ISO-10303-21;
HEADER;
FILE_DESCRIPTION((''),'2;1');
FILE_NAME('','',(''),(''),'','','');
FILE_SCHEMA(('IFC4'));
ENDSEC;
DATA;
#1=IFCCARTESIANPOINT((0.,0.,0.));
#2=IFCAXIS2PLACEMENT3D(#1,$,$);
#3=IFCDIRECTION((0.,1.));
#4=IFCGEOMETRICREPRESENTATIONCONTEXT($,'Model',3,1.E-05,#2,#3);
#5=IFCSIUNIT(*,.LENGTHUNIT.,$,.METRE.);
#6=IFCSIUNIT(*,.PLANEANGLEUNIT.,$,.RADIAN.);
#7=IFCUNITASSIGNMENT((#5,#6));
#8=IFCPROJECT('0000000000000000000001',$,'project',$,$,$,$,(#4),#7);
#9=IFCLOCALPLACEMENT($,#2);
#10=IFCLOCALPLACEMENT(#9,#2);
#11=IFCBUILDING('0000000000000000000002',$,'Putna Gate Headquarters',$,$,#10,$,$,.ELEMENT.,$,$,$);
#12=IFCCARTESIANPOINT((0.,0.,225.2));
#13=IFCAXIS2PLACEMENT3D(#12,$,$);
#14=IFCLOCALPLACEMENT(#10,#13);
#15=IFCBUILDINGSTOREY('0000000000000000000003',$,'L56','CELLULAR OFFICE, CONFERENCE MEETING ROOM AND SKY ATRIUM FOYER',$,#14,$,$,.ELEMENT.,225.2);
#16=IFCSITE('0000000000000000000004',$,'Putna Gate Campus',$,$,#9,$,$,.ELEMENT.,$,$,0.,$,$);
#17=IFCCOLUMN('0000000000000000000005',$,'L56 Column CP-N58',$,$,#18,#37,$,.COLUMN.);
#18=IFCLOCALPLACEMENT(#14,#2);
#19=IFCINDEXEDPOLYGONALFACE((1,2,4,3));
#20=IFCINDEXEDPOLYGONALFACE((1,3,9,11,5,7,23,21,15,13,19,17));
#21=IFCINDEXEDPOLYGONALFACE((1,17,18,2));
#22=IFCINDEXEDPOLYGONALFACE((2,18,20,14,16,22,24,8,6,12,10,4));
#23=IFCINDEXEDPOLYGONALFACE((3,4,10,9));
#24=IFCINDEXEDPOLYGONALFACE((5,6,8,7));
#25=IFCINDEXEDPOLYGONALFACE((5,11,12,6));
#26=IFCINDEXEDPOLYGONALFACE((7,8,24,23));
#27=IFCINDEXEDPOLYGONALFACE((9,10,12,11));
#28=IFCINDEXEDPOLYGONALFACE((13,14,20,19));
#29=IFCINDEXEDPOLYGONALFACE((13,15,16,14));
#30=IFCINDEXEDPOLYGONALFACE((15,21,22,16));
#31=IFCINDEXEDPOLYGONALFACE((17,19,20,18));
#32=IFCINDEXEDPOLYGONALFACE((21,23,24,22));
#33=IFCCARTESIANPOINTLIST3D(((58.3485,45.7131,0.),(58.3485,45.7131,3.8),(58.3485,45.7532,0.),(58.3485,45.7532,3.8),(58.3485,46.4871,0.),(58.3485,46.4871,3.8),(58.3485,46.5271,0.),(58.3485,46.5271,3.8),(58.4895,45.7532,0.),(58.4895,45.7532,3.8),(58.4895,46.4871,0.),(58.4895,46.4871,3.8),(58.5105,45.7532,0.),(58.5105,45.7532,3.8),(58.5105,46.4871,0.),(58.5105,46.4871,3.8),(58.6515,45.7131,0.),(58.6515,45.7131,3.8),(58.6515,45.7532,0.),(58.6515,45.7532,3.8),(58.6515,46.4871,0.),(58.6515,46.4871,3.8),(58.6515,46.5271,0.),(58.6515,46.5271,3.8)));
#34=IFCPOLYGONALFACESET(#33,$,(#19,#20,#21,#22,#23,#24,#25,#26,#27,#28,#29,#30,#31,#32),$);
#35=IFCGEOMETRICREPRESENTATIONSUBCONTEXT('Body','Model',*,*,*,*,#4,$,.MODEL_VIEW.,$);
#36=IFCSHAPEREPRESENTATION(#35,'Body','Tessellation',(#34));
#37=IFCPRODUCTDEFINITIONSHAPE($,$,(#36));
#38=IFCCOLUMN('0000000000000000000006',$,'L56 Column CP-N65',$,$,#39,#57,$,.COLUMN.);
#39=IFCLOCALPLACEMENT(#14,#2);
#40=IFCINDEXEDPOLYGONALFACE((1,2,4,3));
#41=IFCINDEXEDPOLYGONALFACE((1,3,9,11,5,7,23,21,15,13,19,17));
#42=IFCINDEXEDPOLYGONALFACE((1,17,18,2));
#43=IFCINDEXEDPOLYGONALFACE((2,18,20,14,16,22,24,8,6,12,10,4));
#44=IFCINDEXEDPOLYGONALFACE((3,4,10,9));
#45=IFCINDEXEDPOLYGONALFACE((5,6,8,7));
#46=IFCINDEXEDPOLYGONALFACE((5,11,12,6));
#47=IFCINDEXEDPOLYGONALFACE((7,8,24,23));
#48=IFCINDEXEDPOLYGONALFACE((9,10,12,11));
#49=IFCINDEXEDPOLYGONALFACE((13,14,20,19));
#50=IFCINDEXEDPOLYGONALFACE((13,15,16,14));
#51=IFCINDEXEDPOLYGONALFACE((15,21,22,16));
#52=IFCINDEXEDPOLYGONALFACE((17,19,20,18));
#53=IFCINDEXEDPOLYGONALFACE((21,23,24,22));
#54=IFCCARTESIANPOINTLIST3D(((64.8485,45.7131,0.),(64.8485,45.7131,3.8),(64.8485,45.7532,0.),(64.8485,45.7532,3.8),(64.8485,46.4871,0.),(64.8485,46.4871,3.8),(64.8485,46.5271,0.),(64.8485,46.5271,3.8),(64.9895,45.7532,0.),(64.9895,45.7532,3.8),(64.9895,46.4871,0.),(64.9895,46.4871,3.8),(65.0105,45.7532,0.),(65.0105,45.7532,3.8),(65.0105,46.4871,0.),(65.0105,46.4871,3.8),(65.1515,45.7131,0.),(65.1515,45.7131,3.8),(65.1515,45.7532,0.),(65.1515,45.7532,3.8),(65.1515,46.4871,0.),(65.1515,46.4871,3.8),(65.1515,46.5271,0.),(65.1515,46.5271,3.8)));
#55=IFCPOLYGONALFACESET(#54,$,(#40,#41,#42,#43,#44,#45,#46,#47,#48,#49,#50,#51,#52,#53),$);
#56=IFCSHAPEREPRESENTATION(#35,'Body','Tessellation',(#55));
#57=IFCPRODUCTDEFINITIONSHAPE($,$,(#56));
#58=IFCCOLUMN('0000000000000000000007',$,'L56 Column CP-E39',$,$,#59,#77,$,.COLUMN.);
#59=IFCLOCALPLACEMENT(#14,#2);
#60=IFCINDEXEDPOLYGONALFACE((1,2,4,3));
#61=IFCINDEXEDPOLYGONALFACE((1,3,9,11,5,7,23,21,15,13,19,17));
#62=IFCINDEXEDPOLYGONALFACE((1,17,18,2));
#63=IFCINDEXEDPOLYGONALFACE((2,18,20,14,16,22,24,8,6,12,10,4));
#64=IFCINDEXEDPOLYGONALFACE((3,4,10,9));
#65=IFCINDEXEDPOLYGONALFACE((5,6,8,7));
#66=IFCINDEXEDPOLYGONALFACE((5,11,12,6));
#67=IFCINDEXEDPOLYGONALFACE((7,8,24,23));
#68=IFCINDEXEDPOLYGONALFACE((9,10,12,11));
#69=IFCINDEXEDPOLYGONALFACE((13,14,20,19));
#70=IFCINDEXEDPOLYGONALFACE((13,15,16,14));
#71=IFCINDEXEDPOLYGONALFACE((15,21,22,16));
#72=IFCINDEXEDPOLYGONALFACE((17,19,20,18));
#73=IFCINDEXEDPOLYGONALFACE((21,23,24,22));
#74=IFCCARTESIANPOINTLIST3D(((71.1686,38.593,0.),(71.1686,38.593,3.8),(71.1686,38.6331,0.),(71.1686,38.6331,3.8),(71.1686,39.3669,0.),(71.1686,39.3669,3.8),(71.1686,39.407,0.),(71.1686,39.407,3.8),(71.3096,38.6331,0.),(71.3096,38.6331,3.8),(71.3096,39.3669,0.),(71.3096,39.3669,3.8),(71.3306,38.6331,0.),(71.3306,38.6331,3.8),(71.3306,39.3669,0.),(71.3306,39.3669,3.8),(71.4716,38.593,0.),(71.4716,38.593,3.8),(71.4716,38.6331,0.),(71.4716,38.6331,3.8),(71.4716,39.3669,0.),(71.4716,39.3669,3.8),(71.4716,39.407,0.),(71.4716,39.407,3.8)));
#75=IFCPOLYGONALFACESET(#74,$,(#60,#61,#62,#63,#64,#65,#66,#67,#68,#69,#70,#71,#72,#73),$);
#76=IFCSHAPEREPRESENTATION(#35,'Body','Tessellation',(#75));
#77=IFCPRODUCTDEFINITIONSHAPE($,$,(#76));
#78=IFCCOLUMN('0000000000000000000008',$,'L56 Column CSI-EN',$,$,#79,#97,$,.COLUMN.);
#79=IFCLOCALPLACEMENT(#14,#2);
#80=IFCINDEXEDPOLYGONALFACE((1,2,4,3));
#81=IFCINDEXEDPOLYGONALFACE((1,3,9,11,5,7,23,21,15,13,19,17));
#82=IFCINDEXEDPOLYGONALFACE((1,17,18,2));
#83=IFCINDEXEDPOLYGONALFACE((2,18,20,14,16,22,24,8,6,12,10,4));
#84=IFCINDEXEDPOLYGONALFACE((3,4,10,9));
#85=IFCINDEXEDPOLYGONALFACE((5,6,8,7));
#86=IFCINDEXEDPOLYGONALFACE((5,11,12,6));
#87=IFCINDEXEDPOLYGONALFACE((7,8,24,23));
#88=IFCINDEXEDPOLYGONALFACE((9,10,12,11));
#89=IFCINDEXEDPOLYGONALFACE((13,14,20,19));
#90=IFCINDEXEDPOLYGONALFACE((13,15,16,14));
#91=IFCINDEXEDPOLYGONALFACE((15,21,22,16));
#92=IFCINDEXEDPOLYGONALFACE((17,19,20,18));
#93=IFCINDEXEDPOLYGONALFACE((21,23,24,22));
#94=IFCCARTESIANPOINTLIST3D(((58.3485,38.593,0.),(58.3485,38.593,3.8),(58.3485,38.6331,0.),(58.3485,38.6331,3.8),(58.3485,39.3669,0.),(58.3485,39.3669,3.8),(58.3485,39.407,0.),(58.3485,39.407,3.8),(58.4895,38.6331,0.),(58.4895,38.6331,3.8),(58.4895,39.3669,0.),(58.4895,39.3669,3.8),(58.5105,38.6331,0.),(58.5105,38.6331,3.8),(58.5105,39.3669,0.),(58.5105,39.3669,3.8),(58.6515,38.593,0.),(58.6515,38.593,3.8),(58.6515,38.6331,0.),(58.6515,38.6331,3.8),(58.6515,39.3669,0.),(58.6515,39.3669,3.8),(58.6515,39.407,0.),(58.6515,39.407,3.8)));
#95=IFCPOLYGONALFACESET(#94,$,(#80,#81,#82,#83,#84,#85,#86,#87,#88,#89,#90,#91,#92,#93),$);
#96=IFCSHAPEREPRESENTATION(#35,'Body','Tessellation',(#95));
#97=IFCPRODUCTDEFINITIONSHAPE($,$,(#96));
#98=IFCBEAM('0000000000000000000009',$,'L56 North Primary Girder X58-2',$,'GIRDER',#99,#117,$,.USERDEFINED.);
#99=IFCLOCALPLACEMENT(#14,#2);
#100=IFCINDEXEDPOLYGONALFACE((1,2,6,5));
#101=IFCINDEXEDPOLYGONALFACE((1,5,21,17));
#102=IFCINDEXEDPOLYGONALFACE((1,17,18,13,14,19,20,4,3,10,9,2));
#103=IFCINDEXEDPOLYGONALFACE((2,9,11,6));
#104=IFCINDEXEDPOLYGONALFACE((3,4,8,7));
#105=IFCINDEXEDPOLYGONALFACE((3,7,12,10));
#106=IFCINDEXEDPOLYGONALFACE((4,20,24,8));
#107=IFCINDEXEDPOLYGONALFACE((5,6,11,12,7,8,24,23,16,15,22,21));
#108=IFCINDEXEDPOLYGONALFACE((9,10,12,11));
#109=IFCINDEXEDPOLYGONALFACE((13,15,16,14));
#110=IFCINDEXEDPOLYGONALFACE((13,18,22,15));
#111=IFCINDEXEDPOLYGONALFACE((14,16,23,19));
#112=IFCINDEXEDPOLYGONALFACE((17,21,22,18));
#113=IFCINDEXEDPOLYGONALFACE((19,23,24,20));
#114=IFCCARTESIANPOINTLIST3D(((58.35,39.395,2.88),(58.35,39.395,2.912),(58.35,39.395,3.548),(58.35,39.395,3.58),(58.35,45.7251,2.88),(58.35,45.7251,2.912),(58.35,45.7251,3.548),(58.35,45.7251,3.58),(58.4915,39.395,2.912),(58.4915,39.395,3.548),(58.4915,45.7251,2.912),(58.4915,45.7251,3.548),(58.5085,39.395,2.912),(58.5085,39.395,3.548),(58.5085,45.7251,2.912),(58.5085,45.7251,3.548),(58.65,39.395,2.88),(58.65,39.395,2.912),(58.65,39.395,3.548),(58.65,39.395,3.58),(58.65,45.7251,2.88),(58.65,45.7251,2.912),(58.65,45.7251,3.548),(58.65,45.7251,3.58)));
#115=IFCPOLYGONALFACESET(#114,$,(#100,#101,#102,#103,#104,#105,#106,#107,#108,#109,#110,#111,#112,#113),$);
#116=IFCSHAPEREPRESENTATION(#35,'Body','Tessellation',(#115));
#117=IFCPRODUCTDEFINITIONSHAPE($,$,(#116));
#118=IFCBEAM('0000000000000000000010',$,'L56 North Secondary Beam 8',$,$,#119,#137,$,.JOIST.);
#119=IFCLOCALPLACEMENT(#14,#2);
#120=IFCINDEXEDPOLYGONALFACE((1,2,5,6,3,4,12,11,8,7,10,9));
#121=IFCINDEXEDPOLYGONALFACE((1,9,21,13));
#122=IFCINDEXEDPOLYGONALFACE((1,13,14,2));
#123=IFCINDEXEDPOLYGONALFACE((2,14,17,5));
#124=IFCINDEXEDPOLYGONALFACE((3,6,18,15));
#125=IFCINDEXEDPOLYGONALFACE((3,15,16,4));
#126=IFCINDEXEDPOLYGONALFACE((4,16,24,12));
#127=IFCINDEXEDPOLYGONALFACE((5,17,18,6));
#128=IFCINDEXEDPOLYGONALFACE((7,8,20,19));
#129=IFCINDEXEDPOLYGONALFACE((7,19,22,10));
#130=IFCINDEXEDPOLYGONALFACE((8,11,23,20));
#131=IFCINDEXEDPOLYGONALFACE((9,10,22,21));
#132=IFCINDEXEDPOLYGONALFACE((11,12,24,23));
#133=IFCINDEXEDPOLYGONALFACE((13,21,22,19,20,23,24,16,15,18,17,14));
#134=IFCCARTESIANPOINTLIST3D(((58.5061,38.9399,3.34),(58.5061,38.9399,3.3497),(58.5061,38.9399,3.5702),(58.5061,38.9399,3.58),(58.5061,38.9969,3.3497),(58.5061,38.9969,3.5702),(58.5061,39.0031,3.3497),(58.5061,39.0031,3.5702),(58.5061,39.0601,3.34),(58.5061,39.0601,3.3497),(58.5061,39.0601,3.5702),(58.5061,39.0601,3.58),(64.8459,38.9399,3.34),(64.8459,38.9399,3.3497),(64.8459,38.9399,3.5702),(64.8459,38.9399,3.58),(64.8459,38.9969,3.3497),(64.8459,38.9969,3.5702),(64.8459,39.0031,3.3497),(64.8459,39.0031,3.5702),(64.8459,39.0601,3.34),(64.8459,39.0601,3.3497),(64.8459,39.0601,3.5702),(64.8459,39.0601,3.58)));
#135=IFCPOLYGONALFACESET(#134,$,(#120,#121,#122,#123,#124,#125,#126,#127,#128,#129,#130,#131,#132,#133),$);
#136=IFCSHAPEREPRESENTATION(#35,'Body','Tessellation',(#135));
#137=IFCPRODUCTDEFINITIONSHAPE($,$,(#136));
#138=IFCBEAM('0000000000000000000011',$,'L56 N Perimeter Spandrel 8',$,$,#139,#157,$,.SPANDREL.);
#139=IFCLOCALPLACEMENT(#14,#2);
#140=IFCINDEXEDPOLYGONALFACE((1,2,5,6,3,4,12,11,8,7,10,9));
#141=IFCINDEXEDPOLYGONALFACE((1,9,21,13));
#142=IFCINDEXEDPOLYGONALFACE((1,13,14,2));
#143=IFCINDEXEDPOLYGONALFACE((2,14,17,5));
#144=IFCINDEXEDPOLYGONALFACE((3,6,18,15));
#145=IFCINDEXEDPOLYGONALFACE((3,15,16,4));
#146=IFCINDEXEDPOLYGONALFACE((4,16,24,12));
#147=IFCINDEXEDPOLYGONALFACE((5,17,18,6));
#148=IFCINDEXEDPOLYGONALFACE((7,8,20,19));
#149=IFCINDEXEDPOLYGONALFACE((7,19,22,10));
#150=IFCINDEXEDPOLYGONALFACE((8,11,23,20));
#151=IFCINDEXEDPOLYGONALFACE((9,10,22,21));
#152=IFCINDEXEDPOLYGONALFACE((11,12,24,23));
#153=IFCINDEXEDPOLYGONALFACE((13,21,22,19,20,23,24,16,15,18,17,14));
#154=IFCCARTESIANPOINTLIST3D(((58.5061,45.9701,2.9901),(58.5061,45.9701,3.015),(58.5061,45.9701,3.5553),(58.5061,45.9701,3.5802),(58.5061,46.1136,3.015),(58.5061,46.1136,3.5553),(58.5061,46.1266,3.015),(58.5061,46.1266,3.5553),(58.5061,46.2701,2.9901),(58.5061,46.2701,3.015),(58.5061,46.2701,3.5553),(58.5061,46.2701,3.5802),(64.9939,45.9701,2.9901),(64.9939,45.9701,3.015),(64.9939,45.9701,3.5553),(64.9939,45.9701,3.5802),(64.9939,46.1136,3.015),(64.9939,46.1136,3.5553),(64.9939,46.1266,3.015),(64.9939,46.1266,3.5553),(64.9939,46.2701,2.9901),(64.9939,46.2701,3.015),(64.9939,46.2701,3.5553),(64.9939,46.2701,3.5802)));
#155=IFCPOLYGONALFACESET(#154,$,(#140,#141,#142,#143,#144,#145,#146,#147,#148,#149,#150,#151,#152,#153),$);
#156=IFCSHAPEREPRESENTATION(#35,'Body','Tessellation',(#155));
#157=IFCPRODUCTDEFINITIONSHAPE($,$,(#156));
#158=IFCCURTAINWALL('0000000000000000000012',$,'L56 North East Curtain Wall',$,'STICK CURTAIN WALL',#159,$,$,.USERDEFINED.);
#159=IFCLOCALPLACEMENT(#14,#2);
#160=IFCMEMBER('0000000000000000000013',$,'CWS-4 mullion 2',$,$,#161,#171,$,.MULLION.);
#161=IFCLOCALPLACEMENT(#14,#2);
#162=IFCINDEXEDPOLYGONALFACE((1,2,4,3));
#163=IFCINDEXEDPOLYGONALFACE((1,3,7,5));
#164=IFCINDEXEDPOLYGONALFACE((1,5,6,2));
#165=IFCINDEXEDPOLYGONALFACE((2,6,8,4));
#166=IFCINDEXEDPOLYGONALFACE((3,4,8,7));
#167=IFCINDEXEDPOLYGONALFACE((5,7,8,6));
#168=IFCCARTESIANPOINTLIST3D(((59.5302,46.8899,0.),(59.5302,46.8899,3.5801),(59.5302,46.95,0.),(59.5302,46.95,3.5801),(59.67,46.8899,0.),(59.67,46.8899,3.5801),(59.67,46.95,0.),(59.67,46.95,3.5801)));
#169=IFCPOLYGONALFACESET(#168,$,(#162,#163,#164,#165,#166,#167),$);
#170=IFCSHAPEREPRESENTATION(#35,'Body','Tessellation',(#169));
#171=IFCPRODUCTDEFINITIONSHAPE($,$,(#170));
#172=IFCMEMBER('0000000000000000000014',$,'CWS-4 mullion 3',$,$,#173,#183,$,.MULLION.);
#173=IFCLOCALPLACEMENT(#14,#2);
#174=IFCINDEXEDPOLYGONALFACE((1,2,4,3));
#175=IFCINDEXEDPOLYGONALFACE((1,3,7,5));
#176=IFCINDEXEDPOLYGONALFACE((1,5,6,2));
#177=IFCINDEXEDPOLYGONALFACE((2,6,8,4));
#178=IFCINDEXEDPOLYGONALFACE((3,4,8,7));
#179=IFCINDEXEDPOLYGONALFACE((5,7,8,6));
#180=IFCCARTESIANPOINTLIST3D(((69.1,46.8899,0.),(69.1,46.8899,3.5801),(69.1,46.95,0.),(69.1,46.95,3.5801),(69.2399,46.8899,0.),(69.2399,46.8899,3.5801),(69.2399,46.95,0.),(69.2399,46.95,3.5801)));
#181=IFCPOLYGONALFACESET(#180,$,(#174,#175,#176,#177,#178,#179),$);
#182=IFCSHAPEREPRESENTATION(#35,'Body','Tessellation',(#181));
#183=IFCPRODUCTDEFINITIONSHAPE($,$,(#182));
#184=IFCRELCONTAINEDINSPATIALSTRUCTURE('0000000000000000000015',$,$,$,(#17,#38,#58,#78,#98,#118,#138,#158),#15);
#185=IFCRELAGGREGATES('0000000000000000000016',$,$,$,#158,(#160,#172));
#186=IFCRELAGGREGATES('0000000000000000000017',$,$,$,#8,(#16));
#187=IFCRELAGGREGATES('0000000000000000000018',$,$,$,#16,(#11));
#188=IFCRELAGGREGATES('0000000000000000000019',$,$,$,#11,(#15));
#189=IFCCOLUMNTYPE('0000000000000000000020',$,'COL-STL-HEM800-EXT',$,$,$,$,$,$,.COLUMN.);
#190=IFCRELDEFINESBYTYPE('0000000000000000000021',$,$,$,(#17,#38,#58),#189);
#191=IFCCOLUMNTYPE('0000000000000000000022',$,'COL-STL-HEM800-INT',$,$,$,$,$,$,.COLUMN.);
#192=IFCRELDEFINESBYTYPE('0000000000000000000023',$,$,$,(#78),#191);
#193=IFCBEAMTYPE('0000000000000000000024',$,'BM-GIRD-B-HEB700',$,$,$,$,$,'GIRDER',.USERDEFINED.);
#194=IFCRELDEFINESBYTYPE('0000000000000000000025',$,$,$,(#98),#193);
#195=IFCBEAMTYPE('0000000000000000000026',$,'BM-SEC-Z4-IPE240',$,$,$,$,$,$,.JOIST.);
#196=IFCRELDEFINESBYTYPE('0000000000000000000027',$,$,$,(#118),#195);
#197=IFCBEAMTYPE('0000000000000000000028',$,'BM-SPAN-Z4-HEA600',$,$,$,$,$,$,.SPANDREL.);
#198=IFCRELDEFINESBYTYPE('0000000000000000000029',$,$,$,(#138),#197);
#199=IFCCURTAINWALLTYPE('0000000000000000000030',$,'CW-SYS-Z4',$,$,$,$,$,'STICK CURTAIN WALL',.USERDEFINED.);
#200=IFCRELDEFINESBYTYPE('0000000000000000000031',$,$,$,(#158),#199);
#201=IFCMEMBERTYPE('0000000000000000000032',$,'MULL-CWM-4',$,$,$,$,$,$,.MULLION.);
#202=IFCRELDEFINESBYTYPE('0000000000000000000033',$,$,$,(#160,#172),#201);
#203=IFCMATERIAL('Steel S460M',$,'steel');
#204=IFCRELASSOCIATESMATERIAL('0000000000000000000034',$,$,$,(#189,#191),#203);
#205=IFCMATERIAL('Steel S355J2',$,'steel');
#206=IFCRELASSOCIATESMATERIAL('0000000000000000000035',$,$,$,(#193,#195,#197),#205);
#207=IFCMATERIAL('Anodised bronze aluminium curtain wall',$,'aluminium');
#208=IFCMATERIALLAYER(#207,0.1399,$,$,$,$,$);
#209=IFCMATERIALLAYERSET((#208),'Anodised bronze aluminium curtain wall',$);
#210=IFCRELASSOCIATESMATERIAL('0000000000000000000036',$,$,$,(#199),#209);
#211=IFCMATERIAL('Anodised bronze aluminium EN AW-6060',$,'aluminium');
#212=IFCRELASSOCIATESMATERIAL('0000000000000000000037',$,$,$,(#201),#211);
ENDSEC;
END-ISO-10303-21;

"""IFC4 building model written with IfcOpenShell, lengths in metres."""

from ifc_helpers import new_model, si_unit, direction, frame, origin, origin_2d, place, context, subcontext, project, spatial, rectangle, i_section, extrude, material, layer, layer_set, material_profile, profile_set, type_object, element, aggregate, save


model = new_model("IFC4")

# Units and contexts
model_context = context("Model", 3, precision=1e-05, world=origin(), true_north=direction((0.0, 1.0)))
body_context = subcontext(model_context, "Body", "Model", "MODEL_VIEW")
ifc_project = project(units=[si_unit("LENGTHUNIT", "METRE"), si_unit("PLANEANGLEUNIT", "RADIAN")], contexts=[model_context])

# Site, building, storey
site_placement = place(None, origin())
site = spatial("IfcSite", under=ifc_project, at=site_placement, Name="Putna Gate Campus", CompositionType="ELEMENT", RefElevation=0.0)
building_placement = place(site_placement, origin())
building = spatial("IfcBuilding", under=site, at=building_placement, Name="Putna Gate Headquarters", CompositionType="ELEMENT")
storey_placement = place(building_placement, frame((0.0, 0.0, 225.2)))
storey = spatial("IfcBuildingStorey", under=building, at=storey_placement, Name="L56", Description="CELLULAR OFFICE, CONFERENCE MEETING ROOM AND SKY ATRIUM FOYER", CompositionType="ELEMENT", Elevation=225.2)

# Columns
ifc_material_1 = material(Name="Steel S460M", Category="steel")
ifc_material_profile_1 = material_profile(ifc_material_1, i_section(OverallWidth=0.303, OverallDepth=0.814, WebThickness=0.021, FlangeThickness=0.04, at=origin_2d()), Name="Steel S460M")
ifc_profile_set_1 = profile_set([ifc_material_profile_1], Name="Steel S460M")
column_type_1 = type_object("IfcColumnType", Name="COL-STL-HEM800-EXT", PredefinedType="COLUMN", material=ifc_profile_set_1)
for number, where, z_axis, x_axis, name in (
    (1, (58.5, 46.1201, 0.0), (0.0, 0.0, 1.0), (1.0, 0.0, 0.0), "L56 Column CP-N58"),
    (2, (65.0, 46.1201, 0.0), (0.0, 0.0, 1.0), (1.0, 0.0, 0.0), "L56 Column CP-N65"),
    (3, (71.3201, 39.0, 0.0), (0.0, 0.0, 1.0), (1.0, 0.0, 0.0), "L56 Column CP-E39"),
):
    element("IfcColumn", number, at=place(storey_placement, frame(where, z_axis=z_axis, x_axis=x_axis)), inside=storey, type_object=column_type_1, Name=name, PredefinedType="COLUMN", context=body_context, shape_type="SweptSolid", body=[
        extrude(i_section(OverallWidth=0.303, OverallDepth=0.814, WebThickness=0.021, FlangeThickness=0.04, at=origin_2d()), origin(), (0.0, 0.0, 1.0), 3.8),
    ])
ifc_material_profile_2 = material_profile(ifc_material_1, i_section(OverallWidth=0.303, OverallDepth=0.814, WebThickness=0.021, FlangeThickness=0.04, at=origin_2d()), Name="Steel S460M")
ifc_profile_set_2 = profile_set([ifc_material_profile_2], Name="Steel S460M")
column_type_2 = type_object("IfcColumnType", Name="COL-STL-HEM800-INT", PredefinedType="COLUMN", material=ifc_profile_set_2)
column_placement = place(storey_placement, frame((58.5, 39.0, 0.0), z_axis=(0.0, 0.0, 1.0), x_axis=(1.0, 0.0, 0.0)))
element("IfcColumn", 4, at=column_placement, inside=storey, type_object=column_type_2, Name="L56 Column CSI-EN", PredefinedType="COLUMN", context=body_context, shape_type="SweptSolid", body=[
    extrude(i_section(OverallWidth=0.303, OverallDepth=0.814, WebThickness=0.021, FlangeThickness=0.04, at=origin_2d()), origin(), (0.0, 0.0, 1.0), 3.8),
])

# Beams
ifc_material_2 = material(Name="Steel S355J2", Category="steel")
ifc_material_profile_3 = material_profile(ifc_material_2, i_section(OverallWidth=0.3, OverallDepth=0.7, WebThickness=0.0171, FlangeThickness=0.032, at=origin_2d()), Name="Steel S355J2")
ifc_profile_set_3 = profile_set([ifc_material_profile_3], Name="Steel S355J2")
beam_type_1 = type_object("IfcBeamType", Name="BM-GIRD-B-HEB700", ElementType="GIRDER", PredefinedType="USERDEFINED", material=ifc_profile_set_3)
beam_1_placement = place(storey_placement, frame((58.5, 39.395, 3.23), z_axis=(0.0, 1.0, 0.0), x_axis=(-1.0, 0.0, 0.0)))
element("IfcBeam", 5, at=beam_1_placement, inside=storey, type_object=beam_type_1, Name="L56 North Primary Girder X58-2", ObjectType="GIRDER", PredefinedType="USERDEFINED", context=body_context, shape_type="SweptSolid", body=[
    extrude(i_section(OverallWidth=0.3, OverallDepth=0.7, WebThickness=0.0171, FlangeThickness=0.032, at=origin_2d()), origin(), (0.0, 0.0, 1.0), 6.3301),
])
ifc_material_profile_4 = material_profile(ifc_material_2, i_section(OverallWidth=0.1201, OverallDepth=0.24, WebThickness=0.0061, FlangeThickness=0.0098, at=origin_2d()), Name="Steel S355J2")
ifc_profile_set_4 = profile_set([ifc_material_profile_4], Name="Steel S355J2")
beam_type_2 = type_object("IfcBeamType", Name="BM-SEC-Z4-IPE240", PredefinedType="JOIST", material=ifc_profile_set_4)
beam_2_placement = place(storey_placement, frame((58.5061, 39.0, 3.46), z_axis=(1.0, 0.0, 0.0), x_axis=(0.0, 1.0, 0.0)))
element("IfcBeam", 6, at=beam_2_placement, inside=storey, type_object=beam_type_2, Name="L56 North Secondary Beam 8", PredefinedType="JOIST", context=body_context, shape_type="SweptSolid", body=[
    extrude(i_section(OverallWidth=0.1201, OverallDepth=0.24, WebThickness=0.0061, FlangeThickness=0.0098, at=origin_2d()), origin(), (0.0, 0.0, 1.0), 6.3398),
])
ifc_material_profile_5 = material_profile(ifc_material_2, i_section(OverallWidth=0.3, OverallDepth=0.5901, WebThickness=0.0129, FlangeThickness=0.0249, at=origin_2d()), Name="Steel S355J2")
ifc_profile_set_5 = profile_set([ifc_material_profile_5], Name="Steel S355J2")
beam_type_3 = type_object("IfcBeamType", Name="BM-SPAN-Z4-HEA600", PredefinedType="SPANDREL", material=ifc_profile_set_5)
beam_3_placement = place(storey_placement, frame((58.5061, 46.1201, 3.2852), z_axis=(1.0, 0.0, 0.0), x_axis=(0.0, 1.0, 0.0)))
element("IfcBeam", 7, at=beam_3_placement, inside=storey, type_object=beam_type_3, Name="L56 N Perimeter Spandrel 8", PredefinedType="SPANDREL", context=body_context, shape_type="SweptSolid", body=[
    extrude(i_section(OverallWidth=0.3, OverallDepth=0.5901, WebThickness=0.0129, FlangeThickness=0.0249, at=origin_2d()), origin(), (0.0, 0.0, 1.0), 6.4878),
])

# Curtain wall, members
ifc_material_3 = material(Name="Anodised bronze aluminium curtain wall", Category="aluminium")
ifc_layer_1 = layer(ifc_material_3, 0.1399)
ifc_layer_set_1 = layer_set([ifc_layer_1], Name="Anodised bronze aluminium curtain wall")
curtain_wall_type = type_object("IfcCurtainWallType", Name="CW-SYS-Z4", ElementType="STICK CURTAIN WALL", PredefinedType="USERDEFINED", material=ifc_layer_set_1)
curtain_wall_1_placement = place(storey_placement, origin())
curtain_wall_1 = element("IfcCurtainWall", 8, at=curtain_wall_1_placement, inside=storey, type_object=curtain_wall_type, Name="L56 North East Curtain Wall", ObjectType="STICK CURTAIN WALL", PredefinedType="USERDEFINED")
ifc_material_4 = material(Name="Anodised bronze aluminium EN AW-6060", Category="aluminium")
ifc_material_profile_6 = material_profile(ifc_material_4, rectangle(XDim=0.0601, YDim=0.1399, at=origin_2d()), Name="Anodised bronze aluminium EN AW-6060")
ifc_profile_set_6 = profile_set([ifc_material_profile_6], Name="Anodised bronze aluminium EN AW-6060")
member_type_1 = type_object("IfcMemberType", Name="MULL-CWM-4", PredefinedType="MULLION", material=ifc_profile_set_6)
member_1_placement = place(storey_placement, frame((59.6001, 46.9199, 0.0), z_axis=(0.0, 0.0, 1.0), x_axis=(0.0, 1.0, 0.0)))
member_1 = element("IfcMember", 9, at=member_1_placement, type_object=member_type_1, Name="CWS-4 mullion 2", PredefinedType="MULLION", context=body_context, shape_type="SweptSolid", body=[
    extrude(rectangle(XDim=0.0601, YDim=0.1399, at=origin_2d()), origin(), (0.0, 0.0, 1.0), 3.5801),
])
member_2_placement = place(storey_placement, frame((69.1699, 46.9199, 0.0), z_axis=(0.0, 0.0, 1.0), x_axis=(0.0, 1.0, 0.0)))
member_2 = element("IfcMember", 10, at=member_2_placement, type_object=member_type_1, Name="CWS-4 mullion 3", PredefinedType="MULLION", context=body_context, shape_type="SweptSolid", body=[
    extrude(rectangle(XDim=0.0601, YDim=0.1399, at=origin_2d()), origin(), (0.0, 0.0, 1.0), 3.5801),
])

aggregate(curtain_wall_1, [member_1, member_2])

save(model, "model.ifc")
